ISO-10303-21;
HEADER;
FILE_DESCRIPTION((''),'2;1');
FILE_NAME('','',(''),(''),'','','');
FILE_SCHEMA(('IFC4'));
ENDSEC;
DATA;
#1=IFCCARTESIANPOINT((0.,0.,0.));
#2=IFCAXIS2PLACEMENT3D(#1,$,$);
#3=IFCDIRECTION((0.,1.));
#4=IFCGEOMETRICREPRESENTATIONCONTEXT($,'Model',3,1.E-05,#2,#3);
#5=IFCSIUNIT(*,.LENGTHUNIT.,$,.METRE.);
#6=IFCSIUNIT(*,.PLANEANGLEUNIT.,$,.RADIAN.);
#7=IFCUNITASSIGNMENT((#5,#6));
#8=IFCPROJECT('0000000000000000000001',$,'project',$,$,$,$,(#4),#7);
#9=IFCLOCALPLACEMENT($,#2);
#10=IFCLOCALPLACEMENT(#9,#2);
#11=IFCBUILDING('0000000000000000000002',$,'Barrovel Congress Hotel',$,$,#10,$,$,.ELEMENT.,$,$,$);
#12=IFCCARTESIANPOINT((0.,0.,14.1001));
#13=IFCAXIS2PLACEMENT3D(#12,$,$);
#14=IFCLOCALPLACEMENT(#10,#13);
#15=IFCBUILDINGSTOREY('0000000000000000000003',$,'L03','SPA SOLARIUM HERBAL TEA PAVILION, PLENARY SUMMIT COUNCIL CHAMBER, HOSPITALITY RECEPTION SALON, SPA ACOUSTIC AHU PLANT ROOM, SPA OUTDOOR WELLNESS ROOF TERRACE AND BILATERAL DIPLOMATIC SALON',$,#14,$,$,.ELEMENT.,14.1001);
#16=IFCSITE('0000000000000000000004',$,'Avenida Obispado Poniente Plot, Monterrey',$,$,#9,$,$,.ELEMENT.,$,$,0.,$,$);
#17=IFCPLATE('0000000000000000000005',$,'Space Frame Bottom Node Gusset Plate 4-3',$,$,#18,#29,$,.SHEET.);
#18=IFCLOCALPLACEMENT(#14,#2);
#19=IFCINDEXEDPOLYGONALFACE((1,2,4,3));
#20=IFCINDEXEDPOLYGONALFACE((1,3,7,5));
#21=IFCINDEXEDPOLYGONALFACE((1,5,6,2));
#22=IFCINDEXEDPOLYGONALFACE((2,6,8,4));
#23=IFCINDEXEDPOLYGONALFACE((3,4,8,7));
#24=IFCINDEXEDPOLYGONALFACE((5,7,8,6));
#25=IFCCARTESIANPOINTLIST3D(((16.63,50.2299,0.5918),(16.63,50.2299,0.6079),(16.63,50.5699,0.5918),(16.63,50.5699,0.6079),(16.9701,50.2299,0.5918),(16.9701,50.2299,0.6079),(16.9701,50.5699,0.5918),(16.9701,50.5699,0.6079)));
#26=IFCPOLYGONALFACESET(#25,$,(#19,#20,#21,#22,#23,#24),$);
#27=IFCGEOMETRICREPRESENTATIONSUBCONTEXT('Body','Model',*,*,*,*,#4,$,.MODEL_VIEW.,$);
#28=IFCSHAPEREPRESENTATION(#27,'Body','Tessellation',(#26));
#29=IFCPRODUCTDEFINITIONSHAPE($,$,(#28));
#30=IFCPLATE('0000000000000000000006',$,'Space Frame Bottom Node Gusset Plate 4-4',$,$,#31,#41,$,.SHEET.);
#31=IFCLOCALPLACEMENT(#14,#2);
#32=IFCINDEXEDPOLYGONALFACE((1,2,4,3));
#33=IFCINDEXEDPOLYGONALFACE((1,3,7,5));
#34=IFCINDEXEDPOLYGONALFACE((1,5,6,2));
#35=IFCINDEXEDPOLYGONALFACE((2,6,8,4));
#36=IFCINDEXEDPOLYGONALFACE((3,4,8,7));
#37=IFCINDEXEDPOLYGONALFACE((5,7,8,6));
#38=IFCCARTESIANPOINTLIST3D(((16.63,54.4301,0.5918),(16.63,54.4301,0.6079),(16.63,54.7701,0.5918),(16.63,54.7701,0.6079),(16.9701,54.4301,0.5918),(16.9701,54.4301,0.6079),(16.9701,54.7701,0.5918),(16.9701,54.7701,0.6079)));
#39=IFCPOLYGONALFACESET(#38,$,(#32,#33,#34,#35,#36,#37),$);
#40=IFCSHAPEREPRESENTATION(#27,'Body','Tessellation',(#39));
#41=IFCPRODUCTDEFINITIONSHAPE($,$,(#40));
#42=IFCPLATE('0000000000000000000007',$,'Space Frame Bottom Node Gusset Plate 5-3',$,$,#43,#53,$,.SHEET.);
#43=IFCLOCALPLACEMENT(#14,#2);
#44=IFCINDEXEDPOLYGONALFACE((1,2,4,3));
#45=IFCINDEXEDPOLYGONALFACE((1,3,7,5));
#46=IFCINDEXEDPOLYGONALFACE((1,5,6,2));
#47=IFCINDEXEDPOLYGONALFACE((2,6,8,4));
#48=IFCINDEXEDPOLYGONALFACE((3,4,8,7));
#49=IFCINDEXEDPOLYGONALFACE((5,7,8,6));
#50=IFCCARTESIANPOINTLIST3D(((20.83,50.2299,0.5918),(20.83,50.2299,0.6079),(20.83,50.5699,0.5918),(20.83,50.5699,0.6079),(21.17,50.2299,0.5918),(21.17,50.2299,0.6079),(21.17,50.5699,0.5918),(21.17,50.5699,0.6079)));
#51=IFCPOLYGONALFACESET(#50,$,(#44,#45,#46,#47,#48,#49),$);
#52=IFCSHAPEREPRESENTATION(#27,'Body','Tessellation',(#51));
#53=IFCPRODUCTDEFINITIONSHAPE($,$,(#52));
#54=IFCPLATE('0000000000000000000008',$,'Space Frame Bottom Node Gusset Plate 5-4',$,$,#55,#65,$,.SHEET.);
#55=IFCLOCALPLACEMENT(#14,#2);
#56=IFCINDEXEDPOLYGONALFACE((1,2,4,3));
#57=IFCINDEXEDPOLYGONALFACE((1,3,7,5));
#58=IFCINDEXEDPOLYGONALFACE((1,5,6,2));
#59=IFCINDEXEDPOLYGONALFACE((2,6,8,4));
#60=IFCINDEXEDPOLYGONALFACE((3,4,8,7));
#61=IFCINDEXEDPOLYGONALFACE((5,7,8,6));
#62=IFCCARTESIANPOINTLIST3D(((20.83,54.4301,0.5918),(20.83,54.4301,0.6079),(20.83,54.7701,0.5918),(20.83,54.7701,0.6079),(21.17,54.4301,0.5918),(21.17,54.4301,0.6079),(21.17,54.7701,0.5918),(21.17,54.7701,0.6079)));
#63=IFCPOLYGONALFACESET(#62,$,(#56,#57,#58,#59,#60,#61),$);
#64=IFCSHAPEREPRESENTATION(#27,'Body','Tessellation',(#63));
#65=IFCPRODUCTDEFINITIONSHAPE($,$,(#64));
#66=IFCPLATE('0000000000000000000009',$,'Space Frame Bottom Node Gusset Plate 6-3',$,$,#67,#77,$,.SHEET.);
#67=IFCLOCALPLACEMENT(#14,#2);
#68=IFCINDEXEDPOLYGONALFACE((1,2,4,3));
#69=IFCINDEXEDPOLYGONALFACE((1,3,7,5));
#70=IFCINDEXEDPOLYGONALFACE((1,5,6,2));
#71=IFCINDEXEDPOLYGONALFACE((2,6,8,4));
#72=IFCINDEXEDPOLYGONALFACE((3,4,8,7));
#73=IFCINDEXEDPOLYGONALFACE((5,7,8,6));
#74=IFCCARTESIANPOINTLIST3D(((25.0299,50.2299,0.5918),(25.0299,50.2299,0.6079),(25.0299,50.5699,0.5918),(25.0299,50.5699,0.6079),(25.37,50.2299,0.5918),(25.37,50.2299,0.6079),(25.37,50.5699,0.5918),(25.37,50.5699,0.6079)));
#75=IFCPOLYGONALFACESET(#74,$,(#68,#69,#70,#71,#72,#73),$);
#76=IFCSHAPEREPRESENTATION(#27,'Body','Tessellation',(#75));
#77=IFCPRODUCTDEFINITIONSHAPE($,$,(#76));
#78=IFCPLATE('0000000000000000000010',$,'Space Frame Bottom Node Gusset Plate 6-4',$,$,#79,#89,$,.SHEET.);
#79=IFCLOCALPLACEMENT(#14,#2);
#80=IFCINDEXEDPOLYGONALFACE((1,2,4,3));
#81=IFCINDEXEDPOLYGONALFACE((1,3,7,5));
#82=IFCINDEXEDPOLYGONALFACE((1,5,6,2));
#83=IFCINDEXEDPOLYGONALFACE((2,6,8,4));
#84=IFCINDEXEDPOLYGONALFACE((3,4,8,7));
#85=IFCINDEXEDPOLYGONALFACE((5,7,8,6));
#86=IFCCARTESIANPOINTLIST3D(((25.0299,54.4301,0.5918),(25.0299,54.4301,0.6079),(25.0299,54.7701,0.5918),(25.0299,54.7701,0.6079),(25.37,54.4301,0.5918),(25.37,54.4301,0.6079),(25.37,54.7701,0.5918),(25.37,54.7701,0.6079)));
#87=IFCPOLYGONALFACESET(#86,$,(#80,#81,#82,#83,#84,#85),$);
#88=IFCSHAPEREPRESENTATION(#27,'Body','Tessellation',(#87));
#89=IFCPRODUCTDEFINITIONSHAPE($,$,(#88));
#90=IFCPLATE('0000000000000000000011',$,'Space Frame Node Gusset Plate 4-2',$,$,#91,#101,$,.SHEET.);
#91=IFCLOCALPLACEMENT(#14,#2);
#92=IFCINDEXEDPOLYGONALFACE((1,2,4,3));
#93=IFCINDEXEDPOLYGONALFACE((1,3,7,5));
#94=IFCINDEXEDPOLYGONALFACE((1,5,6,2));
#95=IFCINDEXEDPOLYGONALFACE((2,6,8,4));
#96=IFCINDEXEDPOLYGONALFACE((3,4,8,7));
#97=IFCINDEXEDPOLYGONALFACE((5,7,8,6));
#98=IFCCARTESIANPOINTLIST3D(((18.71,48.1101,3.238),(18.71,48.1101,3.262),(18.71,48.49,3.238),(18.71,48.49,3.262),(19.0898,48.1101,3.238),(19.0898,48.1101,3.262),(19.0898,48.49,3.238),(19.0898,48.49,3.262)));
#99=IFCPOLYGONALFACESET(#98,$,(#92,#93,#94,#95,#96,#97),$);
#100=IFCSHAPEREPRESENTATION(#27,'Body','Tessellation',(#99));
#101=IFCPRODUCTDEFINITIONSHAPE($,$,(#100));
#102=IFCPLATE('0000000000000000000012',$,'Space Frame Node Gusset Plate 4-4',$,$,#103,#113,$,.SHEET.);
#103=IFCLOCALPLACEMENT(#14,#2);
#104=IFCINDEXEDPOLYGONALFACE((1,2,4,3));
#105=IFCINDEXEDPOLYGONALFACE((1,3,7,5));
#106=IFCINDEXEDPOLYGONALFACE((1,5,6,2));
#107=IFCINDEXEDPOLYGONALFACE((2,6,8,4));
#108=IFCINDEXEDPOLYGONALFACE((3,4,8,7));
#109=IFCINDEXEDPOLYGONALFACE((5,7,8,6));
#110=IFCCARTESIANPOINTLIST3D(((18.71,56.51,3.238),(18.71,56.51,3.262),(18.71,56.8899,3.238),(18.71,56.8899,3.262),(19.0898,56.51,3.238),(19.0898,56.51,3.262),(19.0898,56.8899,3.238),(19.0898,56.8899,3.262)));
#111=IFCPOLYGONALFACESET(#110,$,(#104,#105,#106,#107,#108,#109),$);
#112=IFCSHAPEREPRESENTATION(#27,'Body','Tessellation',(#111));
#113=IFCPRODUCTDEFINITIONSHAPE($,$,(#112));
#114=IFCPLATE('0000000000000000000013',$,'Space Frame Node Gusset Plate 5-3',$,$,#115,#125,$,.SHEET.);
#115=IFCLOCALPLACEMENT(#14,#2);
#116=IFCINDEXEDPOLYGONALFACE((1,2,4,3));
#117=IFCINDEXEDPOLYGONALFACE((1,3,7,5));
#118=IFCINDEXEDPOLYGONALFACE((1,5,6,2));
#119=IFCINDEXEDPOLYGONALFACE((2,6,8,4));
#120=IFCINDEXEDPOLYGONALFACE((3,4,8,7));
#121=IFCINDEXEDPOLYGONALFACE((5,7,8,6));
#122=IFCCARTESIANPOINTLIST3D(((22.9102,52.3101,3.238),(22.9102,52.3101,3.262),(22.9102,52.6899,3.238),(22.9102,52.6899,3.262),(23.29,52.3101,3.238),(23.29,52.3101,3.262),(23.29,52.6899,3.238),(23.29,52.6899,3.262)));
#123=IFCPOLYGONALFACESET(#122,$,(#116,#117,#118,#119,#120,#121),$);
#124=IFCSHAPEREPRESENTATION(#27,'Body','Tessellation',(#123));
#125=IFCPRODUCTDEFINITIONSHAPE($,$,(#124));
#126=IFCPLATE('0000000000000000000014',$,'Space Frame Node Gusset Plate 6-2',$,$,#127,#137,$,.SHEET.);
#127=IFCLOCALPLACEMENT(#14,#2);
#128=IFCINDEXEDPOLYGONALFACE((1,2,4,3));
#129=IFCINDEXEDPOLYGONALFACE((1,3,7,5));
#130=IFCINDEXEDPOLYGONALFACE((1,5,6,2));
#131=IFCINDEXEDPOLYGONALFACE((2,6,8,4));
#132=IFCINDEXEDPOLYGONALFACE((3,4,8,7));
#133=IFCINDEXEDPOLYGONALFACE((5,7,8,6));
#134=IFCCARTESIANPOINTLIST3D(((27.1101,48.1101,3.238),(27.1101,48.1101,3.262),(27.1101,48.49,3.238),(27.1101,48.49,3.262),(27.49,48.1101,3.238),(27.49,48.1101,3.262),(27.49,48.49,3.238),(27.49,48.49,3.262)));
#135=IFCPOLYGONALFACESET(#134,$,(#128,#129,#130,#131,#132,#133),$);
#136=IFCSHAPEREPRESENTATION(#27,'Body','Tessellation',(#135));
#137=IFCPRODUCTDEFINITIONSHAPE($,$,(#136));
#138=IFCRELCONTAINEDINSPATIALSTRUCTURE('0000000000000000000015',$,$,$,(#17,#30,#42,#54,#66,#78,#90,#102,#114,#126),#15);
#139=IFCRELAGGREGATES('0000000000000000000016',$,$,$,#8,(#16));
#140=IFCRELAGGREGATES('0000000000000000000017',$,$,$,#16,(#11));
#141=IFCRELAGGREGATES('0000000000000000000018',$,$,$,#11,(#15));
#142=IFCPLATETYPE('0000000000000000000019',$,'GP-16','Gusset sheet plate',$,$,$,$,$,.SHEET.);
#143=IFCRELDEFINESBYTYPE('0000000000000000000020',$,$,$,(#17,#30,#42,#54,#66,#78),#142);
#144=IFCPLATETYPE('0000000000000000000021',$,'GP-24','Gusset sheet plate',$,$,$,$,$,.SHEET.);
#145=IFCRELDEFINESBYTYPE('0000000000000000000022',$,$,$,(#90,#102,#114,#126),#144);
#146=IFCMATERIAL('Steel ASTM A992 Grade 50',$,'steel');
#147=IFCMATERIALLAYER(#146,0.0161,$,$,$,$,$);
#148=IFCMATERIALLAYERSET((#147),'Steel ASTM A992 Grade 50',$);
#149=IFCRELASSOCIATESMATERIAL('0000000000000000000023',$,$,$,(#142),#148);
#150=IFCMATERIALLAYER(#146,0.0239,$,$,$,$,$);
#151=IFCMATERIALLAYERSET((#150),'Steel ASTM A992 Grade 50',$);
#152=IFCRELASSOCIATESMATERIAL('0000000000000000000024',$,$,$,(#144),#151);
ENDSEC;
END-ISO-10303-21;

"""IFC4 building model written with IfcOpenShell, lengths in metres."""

from ifc_helpers import new_model, si_unit, direction, frame, origin, origin_2d, place, context, subcontext, project, spatial, rectangle, extrude, material, layer, layer_set, type_object, element, save


model = new_model("IFC4")

# Units and contexts
model_context = context("Model", 3, precision=1e-05, world=origin(), true_north=direction((0.0, 1.0)))
body_context = subcontext(model_context, "Body", "Model", "MODEL_VIEW")
ifc_project = project(units=[si_unit("LENGTHUNIT", "METRE"), si_unit("PLANEANGLEUNIT", "RADIAN")], contexts=[model_context])

# Site, building, storey
site_placement = place(None, origin())
site = spatial("IfcSite", under=ifc_project, at=site_placement, Name="Avenida Obispado Poniente Plot, Monterrey", CompositionType="ELEMENT", RefElevation=0.0)
building_placement = place(site_placement, origin())
building = spatial("IfcBuilding", under=site, at=building_placement, Name="Barrovel Congress Hotel", CompositionType="ELEMENT")
storey_placement = place(building_placement, frame((0.0, 0.0, 14.1001)))
storey = spatial("IfcBuildingStorey", under=building, at=storey_placement, Name="L03", Description="SPA SOLARIUM HERBAL TEA PAVILION, PLENARY SUMMIT COUNCIL CHAMBER, HOSPITALITY RECEPTION SALON, SPA ACOUSTIC AHU PLANT ROOM, SPA OUTDOOR WELLNESS ROOF TERRACE AND BILATERAL DIPLOMATIC SALON", CompositionType="ELEMENT", Elevation=14.1001)

# Plates
ifc_material_1 = material(Name="Steel ASTM A992 Grade 50", Category="steel")
ifc_layer_1 = layer(ifc_material_1, 0.0161)
ifc_layer_set_1 = layer_set([ifc_layer_1], Name="Steel ASTM A992 Grade 50")
plate_type_1 = type_object("IfcPlateType", Name="GP-16", Description="Gusset sheet plate", PredefinedType="SHEET", material=ifc_layer_set_1)
for number, where, z_axis, x_axis, name in (
    (1, (16.8, 50.3999, 0.5918), (0.0, 0.0, 1.0), (1.0, 0.0, 0.0), "Space Frame Bottom Node Gusset Plate 4-3"),
    (2, (16.8, 54.6001, 0.5918), (0.0, 0.0, 1.0), (1.0, 0.0, 0.0), "Space Frame Bottom Node Gusset Plate 4-4"),
    (3, (21.0, 50.3999, 0.5918), (0.0, 0.0, 1.0), (1.0, 0.0, 0.0), "Space Frame Bottom Node Gusset Plate 5-3"),
    (4, (21.0, 54.6001, 0.5918), (0.0, 0.0, 1.0), (1.0, 0.0, 0.0), "Space Frame Bottom Node Gusset Plate 5-4"),
    (5, (25.2, 50.3999, 0.5918), (0.0, 0.0, 1.0), (1.0, 0.0, 0.0), "Space Frame Bottom Node Gusset Plate 6-3"),
    (6, (25.2, 54.6001, 0.5918), (0.0, 0.0, 1.0), (1.0, 0.0, 0.0), "Space Frame Bottom Node Gusset Plate 6-4"),
):
    element("IfcPlate", number, at=place(storey_placement, frame(where, z_axis=z_axis, x_axis=x_axis)), inside=storey, type_object=plate_type_1, Name=name, PredefinedType="SHEET", context=body_context, shape_type="SweptSolid", body=[
        extrude(rectangle(XDim=0.3401, YDim=0.3401, at=origin_2d()), origin(), (0.0, 0.0, 1.0), 0.0161),
    ])
ifc_layer_2 = layer(ifc_material_1, 0.0239)
ifc_layer_set_2 = layer_set([ifc_layer_2], Name="Steel ASTM A992 Grade 50")
plate_type_2 = type_object("IfcPlateType", Name="GP-24", Description="Gusset sheet plate", PredefinedType="SHEET", material=ifc_layer_set_2)
for number, where, z_axis, x_axis, name in (
    (7, (18.8999, 48.3, 3.238), (0.0, 0.0, 1.0), (1.0, 0.0, 0.0), "Space Frame Node Gusset Plate 4-2"),
    (8, (18.8999, 56.7, 3.238), (0.0, 0.0, 1.0), (1.0, 0.0, 0.0), "Space Frame Node Gusset Plate 4-4"),
    (9, (23.1001, 52.5, 3.238), (0.0, 0.0, 1.0), (1.0, 0.0, 0.0), "Space Frame Node Gusset Plate 5-3"),
    (10, (27.3, 48.3, 3.238), (0.0, 0.0, 1.0), (1.0, 0.0, 0.0), "Space Frame Node Gusset Plate 6-2"),
):
    element("IfcPlate", number, at=place(storey_placement, frame(where, z_axis=z_axis, x_axis=x_axis)), inside=storey, type_object=plate_type_2, Name=name, PredefinedType="SHEET", context=body_context, shape_type="SweptSolid", body=[
        extrude(rectangle(XDim=0.3799, YDim=0.3799, at=origin_2d()), origin(), (0.0, 0.0, 1.0), 0.0239),
    ])

save(model, "model.ifc")
